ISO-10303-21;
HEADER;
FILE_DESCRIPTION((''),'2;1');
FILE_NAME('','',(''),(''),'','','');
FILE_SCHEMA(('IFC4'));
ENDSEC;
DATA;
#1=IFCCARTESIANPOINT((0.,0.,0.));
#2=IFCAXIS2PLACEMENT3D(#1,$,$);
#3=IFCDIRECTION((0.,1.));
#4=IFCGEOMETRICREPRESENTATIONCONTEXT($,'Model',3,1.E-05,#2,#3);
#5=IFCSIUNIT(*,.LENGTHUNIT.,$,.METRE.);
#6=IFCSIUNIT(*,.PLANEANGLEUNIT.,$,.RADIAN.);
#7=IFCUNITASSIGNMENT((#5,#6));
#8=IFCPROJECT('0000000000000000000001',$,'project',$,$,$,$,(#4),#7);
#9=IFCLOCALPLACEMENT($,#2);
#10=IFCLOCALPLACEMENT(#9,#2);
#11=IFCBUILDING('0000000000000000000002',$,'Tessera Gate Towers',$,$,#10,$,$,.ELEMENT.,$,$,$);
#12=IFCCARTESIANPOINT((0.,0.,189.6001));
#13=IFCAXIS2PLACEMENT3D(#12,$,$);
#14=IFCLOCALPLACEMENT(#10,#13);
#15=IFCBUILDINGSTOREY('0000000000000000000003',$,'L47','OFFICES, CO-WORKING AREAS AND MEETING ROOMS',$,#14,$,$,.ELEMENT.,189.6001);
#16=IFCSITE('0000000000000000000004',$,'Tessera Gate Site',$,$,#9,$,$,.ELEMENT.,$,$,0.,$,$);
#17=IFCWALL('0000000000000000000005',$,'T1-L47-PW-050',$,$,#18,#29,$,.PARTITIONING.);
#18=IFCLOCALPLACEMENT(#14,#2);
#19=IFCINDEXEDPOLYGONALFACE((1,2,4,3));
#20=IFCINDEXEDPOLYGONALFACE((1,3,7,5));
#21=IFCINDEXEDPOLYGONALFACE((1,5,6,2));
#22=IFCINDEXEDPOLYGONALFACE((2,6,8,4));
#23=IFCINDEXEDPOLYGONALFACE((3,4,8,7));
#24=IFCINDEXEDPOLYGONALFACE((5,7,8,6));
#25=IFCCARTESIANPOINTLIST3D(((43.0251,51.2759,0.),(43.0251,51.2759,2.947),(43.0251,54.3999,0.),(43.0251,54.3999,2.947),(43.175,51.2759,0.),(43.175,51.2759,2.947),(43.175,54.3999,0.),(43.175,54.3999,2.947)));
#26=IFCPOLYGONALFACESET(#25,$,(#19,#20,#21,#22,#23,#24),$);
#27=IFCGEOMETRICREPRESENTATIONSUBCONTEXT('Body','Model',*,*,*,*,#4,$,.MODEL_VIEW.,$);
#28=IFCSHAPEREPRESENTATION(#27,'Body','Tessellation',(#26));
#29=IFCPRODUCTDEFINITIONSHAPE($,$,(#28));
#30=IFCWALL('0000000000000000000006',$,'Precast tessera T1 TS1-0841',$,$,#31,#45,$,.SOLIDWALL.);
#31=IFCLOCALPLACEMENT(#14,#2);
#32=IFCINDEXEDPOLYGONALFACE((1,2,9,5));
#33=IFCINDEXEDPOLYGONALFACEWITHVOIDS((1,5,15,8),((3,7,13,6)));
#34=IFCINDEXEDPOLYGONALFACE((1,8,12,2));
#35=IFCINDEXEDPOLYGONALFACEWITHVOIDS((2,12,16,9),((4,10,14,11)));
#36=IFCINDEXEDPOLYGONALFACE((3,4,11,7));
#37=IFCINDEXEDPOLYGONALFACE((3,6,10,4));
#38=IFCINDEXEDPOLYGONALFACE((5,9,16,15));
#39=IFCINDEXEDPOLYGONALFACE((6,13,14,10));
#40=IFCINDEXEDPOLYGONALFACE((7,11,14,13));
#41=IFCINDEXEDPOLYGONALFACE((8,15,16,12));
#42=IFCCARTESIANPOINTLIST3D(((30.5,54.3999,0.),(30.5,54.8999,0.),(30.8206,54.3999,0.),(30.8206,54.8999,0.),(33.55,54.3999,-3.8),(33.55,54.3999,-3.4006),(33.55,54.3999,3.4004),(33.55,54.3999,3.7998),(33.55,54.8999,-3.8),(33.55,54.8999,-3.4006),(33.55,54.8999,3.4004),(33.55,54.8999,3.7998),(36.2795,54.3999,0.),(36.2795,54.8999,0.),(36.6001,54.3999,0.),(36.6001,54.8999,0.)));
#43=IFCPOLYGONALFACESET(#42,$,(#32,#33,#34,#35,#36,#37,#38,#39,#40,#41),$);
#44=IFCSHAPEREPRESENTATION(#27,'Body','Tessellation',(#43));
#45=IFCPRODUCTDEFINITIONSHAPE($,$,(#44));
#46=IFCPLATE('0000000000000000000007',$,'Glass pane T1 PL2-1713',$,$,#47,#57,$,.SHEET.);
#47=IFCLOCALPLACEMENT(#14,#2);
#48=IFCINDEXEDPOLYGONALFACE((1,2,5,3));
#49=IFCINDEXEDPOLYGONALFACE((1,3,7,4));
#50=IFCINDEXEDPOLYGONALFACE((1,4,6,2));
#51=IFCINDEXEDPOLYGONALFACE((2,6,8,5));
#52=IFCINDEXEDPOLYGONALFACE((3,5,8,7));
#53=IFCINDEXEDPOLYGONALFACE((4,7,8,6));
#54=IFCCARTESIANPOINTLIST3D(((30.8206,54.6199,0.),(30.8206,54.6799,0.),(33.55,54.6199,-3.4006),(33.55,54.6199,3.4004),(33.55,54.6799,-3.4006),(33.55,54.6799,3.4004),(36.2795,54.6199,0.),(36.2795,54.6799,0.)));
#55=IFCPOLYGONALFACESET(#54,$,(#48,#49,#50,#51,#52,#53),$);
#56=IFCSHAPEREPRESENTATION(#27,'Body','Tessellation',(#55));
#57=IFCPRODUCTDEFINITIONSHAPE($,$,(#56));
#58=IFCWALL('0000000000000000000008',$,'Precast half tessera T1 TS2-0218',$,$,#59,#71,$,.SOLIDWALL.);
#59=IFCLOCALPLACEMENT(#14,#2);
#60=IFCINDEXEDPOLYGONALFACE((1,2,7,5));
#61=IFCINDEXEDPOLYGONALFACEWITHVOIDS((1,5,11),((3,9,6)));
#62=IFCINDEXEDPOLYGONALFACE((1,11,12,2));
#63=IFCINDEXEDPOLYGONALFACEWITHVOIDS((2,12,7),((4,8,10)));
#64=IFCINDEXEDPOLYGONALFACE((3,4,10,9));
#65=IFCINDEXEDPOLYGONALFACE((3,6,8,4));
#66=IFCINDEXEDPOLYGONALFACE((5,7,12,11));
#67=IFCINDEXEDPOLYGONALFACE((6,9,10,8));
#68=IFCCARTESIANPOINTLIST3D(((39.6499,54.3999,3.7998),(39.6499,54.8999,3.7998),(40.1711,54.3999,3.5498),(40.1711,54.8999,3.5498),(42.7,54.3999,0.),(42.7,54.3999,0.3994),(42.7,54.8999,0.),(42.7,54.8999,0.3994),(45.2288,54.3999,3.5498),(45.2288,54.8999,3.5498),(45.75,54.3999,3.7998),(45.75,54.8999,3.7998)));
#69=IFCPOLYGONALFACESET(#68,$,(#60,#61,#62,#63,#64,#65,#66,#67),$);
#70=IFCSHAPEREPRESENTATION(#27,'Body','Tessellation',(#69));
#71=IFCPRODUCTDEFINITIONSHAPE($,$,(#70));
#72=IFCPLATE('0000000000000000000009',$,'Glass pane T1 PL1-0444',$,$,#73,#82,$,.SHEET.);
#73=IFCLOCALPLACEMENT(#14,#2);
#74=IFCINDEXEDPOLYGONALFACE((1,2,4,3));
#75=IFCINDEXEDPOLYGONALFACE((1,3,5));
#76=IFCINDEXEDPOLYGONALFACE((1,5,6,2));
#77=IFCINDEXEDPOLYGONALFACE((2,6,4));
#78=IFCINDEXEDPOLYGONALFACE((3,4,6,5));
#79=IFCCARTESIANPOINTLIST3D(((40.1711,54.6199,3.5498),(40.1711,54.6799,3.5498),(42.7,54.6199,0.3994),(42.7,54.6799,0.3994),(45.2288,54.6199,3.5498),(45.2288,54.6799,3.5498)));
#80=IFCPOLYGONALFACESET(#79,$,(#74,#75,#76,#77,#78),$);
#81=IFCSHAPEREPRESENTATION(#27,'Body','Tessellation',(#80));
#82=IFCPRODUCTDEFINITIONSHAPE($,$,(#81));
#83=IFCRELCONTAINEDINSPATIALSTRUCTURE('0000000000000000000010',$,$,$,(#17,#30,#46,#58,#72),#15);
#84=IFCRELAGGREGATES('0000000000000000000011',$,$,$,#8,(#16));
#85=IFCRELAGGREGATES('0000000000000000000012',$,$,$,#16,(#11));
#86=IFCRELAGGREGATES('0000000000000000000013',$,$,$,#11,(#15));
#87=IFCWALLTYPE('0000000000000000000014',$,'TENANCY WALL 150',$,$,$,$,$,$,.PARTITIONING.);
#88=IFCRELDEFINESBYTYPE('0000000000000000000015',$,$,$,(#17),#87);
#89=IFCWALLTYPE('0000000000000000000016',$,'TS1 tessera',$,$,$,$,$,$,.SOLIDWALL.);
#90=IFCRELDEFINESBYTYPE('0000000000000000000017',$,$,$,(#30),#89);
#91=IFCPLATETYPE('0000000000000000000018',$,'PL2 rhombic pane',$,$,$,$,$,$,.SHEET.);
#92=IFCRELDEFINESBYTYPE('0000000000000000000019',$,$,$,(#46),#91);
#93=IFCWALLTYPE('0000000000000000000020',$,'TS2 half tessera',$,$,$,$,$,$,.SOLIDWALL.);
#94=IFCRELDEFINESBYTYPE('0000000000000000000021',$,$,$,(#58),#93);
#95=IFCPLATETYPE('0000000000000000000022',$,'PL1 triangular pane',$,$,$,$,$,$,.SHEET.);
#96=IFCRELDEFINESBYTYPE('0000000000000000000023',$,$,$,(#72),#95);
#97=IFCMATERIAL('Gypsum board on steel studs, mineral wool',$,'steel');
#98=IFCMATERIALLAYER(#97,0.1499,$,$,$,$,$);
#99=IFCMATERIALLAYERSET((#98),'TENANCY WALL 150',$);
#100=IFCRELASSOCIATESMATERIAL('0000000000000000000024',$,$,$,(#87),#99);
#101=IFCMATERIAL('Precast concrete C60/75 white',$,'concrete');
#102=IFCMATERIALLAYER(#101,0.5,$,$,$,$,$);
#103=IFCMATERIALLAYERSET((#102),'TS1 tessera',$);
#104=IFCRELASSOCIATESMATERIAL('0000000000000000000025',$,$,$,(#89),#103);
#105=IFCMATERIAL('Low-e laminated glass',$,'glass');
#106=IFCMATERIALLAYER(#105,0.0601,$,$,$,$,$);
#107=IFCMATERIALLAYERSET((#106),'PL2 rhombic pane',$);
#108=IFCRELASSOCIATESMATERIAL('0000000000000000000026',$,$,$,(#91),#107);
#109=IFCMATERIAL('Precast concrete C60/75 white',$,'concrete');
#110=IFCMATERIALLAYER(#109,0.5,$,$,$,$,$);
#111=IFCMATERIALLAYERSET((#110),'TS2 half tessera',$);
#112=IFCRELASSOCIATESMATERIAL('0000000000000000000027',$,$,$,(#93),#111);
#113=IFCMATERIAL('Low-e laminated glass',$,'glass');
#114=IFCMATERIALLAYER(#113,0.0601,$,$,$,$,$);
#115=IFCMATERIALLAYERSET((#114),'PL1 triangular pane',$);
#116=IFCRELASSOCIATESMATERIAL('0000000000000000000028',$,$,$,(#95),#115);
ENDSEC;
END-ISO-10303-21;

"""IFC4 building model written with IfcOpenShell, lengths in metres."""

from ifc_helpers import new_model, si_unit, direction, frame, frame_2d, origin, place, context, subcontext, project, spatial, polyline, rectangle, outline, extrude, source, transform, mapped, material, layer, layer_set, type_object, element, fill, save


model = new_model("IFC4")

# Units and contexts
model_context = context("Model", 3, precision=1e-05, world=origin(), true_north=direction((0.0, 1.0)))
body_context = subcontext(model_context, "Body", "Model", "MODEL_VIEW")
ifc_project = project(units=[si_unit("LENGTHUNIT", "METRE"), si_unit("PLANEANGLEUNIT", "RADIAN")], contexts=[model_context])

# Site, building, storey
site_placement = place(None, origin())
site = spatial("IfcSite", under=ifc_project, at=site_placement, Name="Tessera Gate Site", CompositionType="ELEMENT", RefElevation=0.0)
building_placement = place(site_placement, origin())
building = spatial("IfcBuilding", under=site, at=building_placement, Name="Tessera Gate Towers", CompositionType="ELEMENT")
storey_placement = place(building_placement, frame((0.0, 0.0, 189.6001)))
storey = spatial("IfcBuildingStorey", under=building, at=storey_placement, Name="L47", Description="OFFICES, CO-WORKING AREAS AND MEETING ROOMS", CompositionType="ELEMENT", Elevation=189.6001)

# Wall
ifc_material_1 = material(Name="Gypsum board on steel studs, mineral wool", Category="steel")
ifc_layer_1 = layer(ifc_material_1, 0.1499)
ifc_layer_set_1 = layer_set([ifc_layer_1], Name="TENANCY WALL 150")
wall_type_1 = type_object("IfcWallType", Name="TENANCY WALL 150", PredefinedType="PARTITIONING", material=ifc_layer_set_1)
wall_1_placement = place(storey_placement, frame((43.1001, 51.2759, 0.0), z_axis=(0.0, 0.0, 1.0), x_axis=(0.0, 1.0, 0.0)))
element("IfcWall", 1, at=wall_1_placement, inside=storey, type_object=wall_type_1, Name="T1-L47-PW-050", PredefinedType="PARTITIONING", context=body_context, shape_type="SweptSolid", body=[
    extrude(rectangle(XDim=3.124, YDim=0.1499, at=frame_2d((1.562, 0.0))), origin(), (0.0, 0.0, 1.0), 2.947),
])

# Walls, openings, plates
ifc_material_2 = material(Name="Precast concrete C60/75 white", Category="concrete")
ifc_layer_2 = layer(ifc_material_2, 0.5)
ifc_layer_set_2 = layer_set([ifc_layer_2], Name="TS1 tessera")
wall_type_2 = type_object("IfcWallType", Name="TS1 tessera", PredefinedType="SOLIDWALL", material=ifc_layer_set_2)
shared_shape_1 = source(origin(), body_context, "Body", "SweptSolid", [
    extrude(outline(polyline([(3.05, 0.0), (6.1001, 3.8), (3.05, 7.5999), (0.0, 3.8), (3.05, 0.0)])), frame((0.0, 0.25, 0.0), z_axis=(0.0, -1.0, 0.0), x_axis=(1.0, 0.0, 0.0)), (0.0, 0.0, 1.0), 0.5),
])
wall_2_placement = place(storey_placement, frame((36.6001, 54.6499, -3.8), z_axis=(0.0, 0.0, 1.0), x_axis=(-1.0, 0.0, 0.0)))
wall_2 = element("IfcWall", 2, at=wall_2_placement, inside=storey, type_object=wall_type_2, Name="Precast tessera T1 TS1-0841", PredefinedType="SOLIDWALL", context=body_context, shape_type="MappedRepresentation", body=[
    mapped(shared_shape_1, transform((0.0, 0.0, 0.0), scale=1.0)),
])
shared_shape_2 = source(origin(), body_context, "Body", "SweptSolid", [
    extrude(outline(polyline([(3.05, 0.3994), (5.7795, 3.8), (3.05, 7.2004), (0.3206, 3.8), (3.05, 0.3994)])), frame((0.0, 0.26, 0.0), z_axis=(0.0, -1.0, 0.0), x_axis=(1.0, 0.0, 0.0)), (0.0, 0.0, 1.0), 0.52),
])
opening_1_placement = place(wall_2_placement, origin())
opening_1 = element("IfcOpeningElement", 3, at=opening_1_placement, cuts=wall_2, PredefinedType="OPENING", context=body_context, shape_type="MappedRepresentation", body=[
    mapped(shared_shape_2, transform((0.0, 0.0, 0.0), scale=1.0)),
])
ifc_material_3 = material(Name="Low-e laminated glass", Category="glass")
ifc_layer_3 = layer(ifc_material_3, 0.0601)
ifc_layer_set_3 = layer_set([ifc_layer_3], Name="PL2 rhombic pane")
plate_type_1 = type_object("IfcPlateType", Name="PL2 rhombic pane", PredefinedType="SHEET", material=ifc_layer_set_3)
shared_shape_3 = source(origin(), body_context, "Body", "SweptSolid", [
    extrude(outline(polyline([(3.05, 0.3994), (5.7795, 3.8), (3.05, 7.2004), (0.3206, 3.8), (3.05, 0.3994)])), frame((0.0, 0.03, 0.0), z_axis=(0.0, -1.0, 0.0), x_axis=(1.0, 0.0, 0.0)), (0.0, 0.0, 1.0), 0.0601),
])
plate_1_placement = place(opening_1_placement, origin())
plate_1 = element("IfcPlate", 4, at=plate_1_placement, inside=storey, type_object=plate_type_1, Name="Glass pane T1 PL2-1713", PredefinedType="SHEET", context=body_context, shape_type="MappedRepresentation", body=[
    mapped(shared_shape_3, transform((0.0, 0.0, 0.0), scale=1.0)),
])
fill(opening_1, plate_1)
ifc_material_4 = material(Name="Precast concrete C60/75 white", Category="concrete")
ifc_layer_4 = layer(ifc_material_4, 0.5)
ifc_layer_set_4 = layer_set([ifc_layer_4], Name="TS2 half tessera")
wall_type_3 = type_object("IfcWallType", Name="TS2 half tessera", PredefinedType="SOLIDWALL", material=ifc_layer_set_4)
shared_shape_4 = source(origin(), body_context, "Body", "SweptSolid", [
    extrude(outline(polyline([(3.05, 0.0), (6.1001, 3.7998), (0.0, 3.7998), (3.05, 0.0)])), frame((0.0, 0.25, 0.0), z_axis=(0.0, -1.0, 0.0), x_axis=(1.0, 0.0, 0.0)), (0.0, 0.0, 1.0), 0.5),
])
wall_3_placement = place(storey_placement, frame((45.75, 54.6499, 0.0), z_axis=(0.0, 0.0, 1.0), x_axis=(-1.0, 0.0, 0.0)))
wall_3 = element("IfcWall", 5, at=wall_3_placement, inside=storey, type_object=wall_type_3, Name="Precast half tessera T1 TS2-0218", PredefinedType="SOLIDWALL", context=body_context, shape_type="MappedRepresentation", body=[
    mapped(shared_shape_4, transform((0.0, 0.0, 0.0), scale=1.0)),
])
shared_shape_5 = source(origin(), body_context, "Body", "SweptSolid", [
    extrude(outline(polyline([(3.05, 0.3994), (5.5789, 3.5498), (0.5212, 3.5498), (3.05, 0.3994)])), frame((0.0, 0.26, 0.0), z_axis=(0.0, -1.0, 0.0), x_axis=(1.0, 0.0, 0.0)), (0.0, 0.0, 1.0), 0.52),
])
opening_2_placement = place(wall_3_placement, origin())
opening_2 = element("IfcOpeningElement", 6, at=opening_2_placement, cuts=wall_3, PredefinedType="OPENING", context=body_context, shape_type="MappedRepresentation", body=[
    mapped(shared_shape_5, transform((0.0, 0.0, 0.0), scale=1.0)),
])
ifc_material_5 = material(Name="Low-e laminated glass", Category="glass")
ifc_layer_5 = layer(ifc_material_5, 0.0601)
ifc_layer_set_5 = layer_set([ifc_layer_5], Name="PL1 triangular pane")
plate_type_2 = type_object("IfcPlateType", Name="PL1 triangular pane", PredefinedType="SHEET", material=ifc_layer_set_5)
shared_shape_6 = source(origin(), body_context, "Body", "SweptSolid", [
    extrude(outline(polyline([(3.05, 0.3994), (5.5789, 3.5498), (0.5212, 3.5498), (3.05, 0.3994)])), frame((0.0, 0.03, 0.0), z_axis=(0.0, -1.0, 0.0), x_axis=(1.0, 0.0, 0.0)), (0.0, 0.0, 1.0), 0.0601),
])
plate_2_placement = place(opening_2_placement, origin())
plate_2 = element("IfcPlate", 7, at=plate_2_placement, inside=storey, type_object=plate_type_2, Name="Glass pane T1 PL1-0444", PredefinedType="SHEET", context=body_context, shape_type="MappedRepresentation", body=[
    mapped(shared_shape_6, transform((0.0, 0.0, 0.0), scale=1.0)),
])
fill(opening_2, plate_2)

save(model, "model.ifc")
